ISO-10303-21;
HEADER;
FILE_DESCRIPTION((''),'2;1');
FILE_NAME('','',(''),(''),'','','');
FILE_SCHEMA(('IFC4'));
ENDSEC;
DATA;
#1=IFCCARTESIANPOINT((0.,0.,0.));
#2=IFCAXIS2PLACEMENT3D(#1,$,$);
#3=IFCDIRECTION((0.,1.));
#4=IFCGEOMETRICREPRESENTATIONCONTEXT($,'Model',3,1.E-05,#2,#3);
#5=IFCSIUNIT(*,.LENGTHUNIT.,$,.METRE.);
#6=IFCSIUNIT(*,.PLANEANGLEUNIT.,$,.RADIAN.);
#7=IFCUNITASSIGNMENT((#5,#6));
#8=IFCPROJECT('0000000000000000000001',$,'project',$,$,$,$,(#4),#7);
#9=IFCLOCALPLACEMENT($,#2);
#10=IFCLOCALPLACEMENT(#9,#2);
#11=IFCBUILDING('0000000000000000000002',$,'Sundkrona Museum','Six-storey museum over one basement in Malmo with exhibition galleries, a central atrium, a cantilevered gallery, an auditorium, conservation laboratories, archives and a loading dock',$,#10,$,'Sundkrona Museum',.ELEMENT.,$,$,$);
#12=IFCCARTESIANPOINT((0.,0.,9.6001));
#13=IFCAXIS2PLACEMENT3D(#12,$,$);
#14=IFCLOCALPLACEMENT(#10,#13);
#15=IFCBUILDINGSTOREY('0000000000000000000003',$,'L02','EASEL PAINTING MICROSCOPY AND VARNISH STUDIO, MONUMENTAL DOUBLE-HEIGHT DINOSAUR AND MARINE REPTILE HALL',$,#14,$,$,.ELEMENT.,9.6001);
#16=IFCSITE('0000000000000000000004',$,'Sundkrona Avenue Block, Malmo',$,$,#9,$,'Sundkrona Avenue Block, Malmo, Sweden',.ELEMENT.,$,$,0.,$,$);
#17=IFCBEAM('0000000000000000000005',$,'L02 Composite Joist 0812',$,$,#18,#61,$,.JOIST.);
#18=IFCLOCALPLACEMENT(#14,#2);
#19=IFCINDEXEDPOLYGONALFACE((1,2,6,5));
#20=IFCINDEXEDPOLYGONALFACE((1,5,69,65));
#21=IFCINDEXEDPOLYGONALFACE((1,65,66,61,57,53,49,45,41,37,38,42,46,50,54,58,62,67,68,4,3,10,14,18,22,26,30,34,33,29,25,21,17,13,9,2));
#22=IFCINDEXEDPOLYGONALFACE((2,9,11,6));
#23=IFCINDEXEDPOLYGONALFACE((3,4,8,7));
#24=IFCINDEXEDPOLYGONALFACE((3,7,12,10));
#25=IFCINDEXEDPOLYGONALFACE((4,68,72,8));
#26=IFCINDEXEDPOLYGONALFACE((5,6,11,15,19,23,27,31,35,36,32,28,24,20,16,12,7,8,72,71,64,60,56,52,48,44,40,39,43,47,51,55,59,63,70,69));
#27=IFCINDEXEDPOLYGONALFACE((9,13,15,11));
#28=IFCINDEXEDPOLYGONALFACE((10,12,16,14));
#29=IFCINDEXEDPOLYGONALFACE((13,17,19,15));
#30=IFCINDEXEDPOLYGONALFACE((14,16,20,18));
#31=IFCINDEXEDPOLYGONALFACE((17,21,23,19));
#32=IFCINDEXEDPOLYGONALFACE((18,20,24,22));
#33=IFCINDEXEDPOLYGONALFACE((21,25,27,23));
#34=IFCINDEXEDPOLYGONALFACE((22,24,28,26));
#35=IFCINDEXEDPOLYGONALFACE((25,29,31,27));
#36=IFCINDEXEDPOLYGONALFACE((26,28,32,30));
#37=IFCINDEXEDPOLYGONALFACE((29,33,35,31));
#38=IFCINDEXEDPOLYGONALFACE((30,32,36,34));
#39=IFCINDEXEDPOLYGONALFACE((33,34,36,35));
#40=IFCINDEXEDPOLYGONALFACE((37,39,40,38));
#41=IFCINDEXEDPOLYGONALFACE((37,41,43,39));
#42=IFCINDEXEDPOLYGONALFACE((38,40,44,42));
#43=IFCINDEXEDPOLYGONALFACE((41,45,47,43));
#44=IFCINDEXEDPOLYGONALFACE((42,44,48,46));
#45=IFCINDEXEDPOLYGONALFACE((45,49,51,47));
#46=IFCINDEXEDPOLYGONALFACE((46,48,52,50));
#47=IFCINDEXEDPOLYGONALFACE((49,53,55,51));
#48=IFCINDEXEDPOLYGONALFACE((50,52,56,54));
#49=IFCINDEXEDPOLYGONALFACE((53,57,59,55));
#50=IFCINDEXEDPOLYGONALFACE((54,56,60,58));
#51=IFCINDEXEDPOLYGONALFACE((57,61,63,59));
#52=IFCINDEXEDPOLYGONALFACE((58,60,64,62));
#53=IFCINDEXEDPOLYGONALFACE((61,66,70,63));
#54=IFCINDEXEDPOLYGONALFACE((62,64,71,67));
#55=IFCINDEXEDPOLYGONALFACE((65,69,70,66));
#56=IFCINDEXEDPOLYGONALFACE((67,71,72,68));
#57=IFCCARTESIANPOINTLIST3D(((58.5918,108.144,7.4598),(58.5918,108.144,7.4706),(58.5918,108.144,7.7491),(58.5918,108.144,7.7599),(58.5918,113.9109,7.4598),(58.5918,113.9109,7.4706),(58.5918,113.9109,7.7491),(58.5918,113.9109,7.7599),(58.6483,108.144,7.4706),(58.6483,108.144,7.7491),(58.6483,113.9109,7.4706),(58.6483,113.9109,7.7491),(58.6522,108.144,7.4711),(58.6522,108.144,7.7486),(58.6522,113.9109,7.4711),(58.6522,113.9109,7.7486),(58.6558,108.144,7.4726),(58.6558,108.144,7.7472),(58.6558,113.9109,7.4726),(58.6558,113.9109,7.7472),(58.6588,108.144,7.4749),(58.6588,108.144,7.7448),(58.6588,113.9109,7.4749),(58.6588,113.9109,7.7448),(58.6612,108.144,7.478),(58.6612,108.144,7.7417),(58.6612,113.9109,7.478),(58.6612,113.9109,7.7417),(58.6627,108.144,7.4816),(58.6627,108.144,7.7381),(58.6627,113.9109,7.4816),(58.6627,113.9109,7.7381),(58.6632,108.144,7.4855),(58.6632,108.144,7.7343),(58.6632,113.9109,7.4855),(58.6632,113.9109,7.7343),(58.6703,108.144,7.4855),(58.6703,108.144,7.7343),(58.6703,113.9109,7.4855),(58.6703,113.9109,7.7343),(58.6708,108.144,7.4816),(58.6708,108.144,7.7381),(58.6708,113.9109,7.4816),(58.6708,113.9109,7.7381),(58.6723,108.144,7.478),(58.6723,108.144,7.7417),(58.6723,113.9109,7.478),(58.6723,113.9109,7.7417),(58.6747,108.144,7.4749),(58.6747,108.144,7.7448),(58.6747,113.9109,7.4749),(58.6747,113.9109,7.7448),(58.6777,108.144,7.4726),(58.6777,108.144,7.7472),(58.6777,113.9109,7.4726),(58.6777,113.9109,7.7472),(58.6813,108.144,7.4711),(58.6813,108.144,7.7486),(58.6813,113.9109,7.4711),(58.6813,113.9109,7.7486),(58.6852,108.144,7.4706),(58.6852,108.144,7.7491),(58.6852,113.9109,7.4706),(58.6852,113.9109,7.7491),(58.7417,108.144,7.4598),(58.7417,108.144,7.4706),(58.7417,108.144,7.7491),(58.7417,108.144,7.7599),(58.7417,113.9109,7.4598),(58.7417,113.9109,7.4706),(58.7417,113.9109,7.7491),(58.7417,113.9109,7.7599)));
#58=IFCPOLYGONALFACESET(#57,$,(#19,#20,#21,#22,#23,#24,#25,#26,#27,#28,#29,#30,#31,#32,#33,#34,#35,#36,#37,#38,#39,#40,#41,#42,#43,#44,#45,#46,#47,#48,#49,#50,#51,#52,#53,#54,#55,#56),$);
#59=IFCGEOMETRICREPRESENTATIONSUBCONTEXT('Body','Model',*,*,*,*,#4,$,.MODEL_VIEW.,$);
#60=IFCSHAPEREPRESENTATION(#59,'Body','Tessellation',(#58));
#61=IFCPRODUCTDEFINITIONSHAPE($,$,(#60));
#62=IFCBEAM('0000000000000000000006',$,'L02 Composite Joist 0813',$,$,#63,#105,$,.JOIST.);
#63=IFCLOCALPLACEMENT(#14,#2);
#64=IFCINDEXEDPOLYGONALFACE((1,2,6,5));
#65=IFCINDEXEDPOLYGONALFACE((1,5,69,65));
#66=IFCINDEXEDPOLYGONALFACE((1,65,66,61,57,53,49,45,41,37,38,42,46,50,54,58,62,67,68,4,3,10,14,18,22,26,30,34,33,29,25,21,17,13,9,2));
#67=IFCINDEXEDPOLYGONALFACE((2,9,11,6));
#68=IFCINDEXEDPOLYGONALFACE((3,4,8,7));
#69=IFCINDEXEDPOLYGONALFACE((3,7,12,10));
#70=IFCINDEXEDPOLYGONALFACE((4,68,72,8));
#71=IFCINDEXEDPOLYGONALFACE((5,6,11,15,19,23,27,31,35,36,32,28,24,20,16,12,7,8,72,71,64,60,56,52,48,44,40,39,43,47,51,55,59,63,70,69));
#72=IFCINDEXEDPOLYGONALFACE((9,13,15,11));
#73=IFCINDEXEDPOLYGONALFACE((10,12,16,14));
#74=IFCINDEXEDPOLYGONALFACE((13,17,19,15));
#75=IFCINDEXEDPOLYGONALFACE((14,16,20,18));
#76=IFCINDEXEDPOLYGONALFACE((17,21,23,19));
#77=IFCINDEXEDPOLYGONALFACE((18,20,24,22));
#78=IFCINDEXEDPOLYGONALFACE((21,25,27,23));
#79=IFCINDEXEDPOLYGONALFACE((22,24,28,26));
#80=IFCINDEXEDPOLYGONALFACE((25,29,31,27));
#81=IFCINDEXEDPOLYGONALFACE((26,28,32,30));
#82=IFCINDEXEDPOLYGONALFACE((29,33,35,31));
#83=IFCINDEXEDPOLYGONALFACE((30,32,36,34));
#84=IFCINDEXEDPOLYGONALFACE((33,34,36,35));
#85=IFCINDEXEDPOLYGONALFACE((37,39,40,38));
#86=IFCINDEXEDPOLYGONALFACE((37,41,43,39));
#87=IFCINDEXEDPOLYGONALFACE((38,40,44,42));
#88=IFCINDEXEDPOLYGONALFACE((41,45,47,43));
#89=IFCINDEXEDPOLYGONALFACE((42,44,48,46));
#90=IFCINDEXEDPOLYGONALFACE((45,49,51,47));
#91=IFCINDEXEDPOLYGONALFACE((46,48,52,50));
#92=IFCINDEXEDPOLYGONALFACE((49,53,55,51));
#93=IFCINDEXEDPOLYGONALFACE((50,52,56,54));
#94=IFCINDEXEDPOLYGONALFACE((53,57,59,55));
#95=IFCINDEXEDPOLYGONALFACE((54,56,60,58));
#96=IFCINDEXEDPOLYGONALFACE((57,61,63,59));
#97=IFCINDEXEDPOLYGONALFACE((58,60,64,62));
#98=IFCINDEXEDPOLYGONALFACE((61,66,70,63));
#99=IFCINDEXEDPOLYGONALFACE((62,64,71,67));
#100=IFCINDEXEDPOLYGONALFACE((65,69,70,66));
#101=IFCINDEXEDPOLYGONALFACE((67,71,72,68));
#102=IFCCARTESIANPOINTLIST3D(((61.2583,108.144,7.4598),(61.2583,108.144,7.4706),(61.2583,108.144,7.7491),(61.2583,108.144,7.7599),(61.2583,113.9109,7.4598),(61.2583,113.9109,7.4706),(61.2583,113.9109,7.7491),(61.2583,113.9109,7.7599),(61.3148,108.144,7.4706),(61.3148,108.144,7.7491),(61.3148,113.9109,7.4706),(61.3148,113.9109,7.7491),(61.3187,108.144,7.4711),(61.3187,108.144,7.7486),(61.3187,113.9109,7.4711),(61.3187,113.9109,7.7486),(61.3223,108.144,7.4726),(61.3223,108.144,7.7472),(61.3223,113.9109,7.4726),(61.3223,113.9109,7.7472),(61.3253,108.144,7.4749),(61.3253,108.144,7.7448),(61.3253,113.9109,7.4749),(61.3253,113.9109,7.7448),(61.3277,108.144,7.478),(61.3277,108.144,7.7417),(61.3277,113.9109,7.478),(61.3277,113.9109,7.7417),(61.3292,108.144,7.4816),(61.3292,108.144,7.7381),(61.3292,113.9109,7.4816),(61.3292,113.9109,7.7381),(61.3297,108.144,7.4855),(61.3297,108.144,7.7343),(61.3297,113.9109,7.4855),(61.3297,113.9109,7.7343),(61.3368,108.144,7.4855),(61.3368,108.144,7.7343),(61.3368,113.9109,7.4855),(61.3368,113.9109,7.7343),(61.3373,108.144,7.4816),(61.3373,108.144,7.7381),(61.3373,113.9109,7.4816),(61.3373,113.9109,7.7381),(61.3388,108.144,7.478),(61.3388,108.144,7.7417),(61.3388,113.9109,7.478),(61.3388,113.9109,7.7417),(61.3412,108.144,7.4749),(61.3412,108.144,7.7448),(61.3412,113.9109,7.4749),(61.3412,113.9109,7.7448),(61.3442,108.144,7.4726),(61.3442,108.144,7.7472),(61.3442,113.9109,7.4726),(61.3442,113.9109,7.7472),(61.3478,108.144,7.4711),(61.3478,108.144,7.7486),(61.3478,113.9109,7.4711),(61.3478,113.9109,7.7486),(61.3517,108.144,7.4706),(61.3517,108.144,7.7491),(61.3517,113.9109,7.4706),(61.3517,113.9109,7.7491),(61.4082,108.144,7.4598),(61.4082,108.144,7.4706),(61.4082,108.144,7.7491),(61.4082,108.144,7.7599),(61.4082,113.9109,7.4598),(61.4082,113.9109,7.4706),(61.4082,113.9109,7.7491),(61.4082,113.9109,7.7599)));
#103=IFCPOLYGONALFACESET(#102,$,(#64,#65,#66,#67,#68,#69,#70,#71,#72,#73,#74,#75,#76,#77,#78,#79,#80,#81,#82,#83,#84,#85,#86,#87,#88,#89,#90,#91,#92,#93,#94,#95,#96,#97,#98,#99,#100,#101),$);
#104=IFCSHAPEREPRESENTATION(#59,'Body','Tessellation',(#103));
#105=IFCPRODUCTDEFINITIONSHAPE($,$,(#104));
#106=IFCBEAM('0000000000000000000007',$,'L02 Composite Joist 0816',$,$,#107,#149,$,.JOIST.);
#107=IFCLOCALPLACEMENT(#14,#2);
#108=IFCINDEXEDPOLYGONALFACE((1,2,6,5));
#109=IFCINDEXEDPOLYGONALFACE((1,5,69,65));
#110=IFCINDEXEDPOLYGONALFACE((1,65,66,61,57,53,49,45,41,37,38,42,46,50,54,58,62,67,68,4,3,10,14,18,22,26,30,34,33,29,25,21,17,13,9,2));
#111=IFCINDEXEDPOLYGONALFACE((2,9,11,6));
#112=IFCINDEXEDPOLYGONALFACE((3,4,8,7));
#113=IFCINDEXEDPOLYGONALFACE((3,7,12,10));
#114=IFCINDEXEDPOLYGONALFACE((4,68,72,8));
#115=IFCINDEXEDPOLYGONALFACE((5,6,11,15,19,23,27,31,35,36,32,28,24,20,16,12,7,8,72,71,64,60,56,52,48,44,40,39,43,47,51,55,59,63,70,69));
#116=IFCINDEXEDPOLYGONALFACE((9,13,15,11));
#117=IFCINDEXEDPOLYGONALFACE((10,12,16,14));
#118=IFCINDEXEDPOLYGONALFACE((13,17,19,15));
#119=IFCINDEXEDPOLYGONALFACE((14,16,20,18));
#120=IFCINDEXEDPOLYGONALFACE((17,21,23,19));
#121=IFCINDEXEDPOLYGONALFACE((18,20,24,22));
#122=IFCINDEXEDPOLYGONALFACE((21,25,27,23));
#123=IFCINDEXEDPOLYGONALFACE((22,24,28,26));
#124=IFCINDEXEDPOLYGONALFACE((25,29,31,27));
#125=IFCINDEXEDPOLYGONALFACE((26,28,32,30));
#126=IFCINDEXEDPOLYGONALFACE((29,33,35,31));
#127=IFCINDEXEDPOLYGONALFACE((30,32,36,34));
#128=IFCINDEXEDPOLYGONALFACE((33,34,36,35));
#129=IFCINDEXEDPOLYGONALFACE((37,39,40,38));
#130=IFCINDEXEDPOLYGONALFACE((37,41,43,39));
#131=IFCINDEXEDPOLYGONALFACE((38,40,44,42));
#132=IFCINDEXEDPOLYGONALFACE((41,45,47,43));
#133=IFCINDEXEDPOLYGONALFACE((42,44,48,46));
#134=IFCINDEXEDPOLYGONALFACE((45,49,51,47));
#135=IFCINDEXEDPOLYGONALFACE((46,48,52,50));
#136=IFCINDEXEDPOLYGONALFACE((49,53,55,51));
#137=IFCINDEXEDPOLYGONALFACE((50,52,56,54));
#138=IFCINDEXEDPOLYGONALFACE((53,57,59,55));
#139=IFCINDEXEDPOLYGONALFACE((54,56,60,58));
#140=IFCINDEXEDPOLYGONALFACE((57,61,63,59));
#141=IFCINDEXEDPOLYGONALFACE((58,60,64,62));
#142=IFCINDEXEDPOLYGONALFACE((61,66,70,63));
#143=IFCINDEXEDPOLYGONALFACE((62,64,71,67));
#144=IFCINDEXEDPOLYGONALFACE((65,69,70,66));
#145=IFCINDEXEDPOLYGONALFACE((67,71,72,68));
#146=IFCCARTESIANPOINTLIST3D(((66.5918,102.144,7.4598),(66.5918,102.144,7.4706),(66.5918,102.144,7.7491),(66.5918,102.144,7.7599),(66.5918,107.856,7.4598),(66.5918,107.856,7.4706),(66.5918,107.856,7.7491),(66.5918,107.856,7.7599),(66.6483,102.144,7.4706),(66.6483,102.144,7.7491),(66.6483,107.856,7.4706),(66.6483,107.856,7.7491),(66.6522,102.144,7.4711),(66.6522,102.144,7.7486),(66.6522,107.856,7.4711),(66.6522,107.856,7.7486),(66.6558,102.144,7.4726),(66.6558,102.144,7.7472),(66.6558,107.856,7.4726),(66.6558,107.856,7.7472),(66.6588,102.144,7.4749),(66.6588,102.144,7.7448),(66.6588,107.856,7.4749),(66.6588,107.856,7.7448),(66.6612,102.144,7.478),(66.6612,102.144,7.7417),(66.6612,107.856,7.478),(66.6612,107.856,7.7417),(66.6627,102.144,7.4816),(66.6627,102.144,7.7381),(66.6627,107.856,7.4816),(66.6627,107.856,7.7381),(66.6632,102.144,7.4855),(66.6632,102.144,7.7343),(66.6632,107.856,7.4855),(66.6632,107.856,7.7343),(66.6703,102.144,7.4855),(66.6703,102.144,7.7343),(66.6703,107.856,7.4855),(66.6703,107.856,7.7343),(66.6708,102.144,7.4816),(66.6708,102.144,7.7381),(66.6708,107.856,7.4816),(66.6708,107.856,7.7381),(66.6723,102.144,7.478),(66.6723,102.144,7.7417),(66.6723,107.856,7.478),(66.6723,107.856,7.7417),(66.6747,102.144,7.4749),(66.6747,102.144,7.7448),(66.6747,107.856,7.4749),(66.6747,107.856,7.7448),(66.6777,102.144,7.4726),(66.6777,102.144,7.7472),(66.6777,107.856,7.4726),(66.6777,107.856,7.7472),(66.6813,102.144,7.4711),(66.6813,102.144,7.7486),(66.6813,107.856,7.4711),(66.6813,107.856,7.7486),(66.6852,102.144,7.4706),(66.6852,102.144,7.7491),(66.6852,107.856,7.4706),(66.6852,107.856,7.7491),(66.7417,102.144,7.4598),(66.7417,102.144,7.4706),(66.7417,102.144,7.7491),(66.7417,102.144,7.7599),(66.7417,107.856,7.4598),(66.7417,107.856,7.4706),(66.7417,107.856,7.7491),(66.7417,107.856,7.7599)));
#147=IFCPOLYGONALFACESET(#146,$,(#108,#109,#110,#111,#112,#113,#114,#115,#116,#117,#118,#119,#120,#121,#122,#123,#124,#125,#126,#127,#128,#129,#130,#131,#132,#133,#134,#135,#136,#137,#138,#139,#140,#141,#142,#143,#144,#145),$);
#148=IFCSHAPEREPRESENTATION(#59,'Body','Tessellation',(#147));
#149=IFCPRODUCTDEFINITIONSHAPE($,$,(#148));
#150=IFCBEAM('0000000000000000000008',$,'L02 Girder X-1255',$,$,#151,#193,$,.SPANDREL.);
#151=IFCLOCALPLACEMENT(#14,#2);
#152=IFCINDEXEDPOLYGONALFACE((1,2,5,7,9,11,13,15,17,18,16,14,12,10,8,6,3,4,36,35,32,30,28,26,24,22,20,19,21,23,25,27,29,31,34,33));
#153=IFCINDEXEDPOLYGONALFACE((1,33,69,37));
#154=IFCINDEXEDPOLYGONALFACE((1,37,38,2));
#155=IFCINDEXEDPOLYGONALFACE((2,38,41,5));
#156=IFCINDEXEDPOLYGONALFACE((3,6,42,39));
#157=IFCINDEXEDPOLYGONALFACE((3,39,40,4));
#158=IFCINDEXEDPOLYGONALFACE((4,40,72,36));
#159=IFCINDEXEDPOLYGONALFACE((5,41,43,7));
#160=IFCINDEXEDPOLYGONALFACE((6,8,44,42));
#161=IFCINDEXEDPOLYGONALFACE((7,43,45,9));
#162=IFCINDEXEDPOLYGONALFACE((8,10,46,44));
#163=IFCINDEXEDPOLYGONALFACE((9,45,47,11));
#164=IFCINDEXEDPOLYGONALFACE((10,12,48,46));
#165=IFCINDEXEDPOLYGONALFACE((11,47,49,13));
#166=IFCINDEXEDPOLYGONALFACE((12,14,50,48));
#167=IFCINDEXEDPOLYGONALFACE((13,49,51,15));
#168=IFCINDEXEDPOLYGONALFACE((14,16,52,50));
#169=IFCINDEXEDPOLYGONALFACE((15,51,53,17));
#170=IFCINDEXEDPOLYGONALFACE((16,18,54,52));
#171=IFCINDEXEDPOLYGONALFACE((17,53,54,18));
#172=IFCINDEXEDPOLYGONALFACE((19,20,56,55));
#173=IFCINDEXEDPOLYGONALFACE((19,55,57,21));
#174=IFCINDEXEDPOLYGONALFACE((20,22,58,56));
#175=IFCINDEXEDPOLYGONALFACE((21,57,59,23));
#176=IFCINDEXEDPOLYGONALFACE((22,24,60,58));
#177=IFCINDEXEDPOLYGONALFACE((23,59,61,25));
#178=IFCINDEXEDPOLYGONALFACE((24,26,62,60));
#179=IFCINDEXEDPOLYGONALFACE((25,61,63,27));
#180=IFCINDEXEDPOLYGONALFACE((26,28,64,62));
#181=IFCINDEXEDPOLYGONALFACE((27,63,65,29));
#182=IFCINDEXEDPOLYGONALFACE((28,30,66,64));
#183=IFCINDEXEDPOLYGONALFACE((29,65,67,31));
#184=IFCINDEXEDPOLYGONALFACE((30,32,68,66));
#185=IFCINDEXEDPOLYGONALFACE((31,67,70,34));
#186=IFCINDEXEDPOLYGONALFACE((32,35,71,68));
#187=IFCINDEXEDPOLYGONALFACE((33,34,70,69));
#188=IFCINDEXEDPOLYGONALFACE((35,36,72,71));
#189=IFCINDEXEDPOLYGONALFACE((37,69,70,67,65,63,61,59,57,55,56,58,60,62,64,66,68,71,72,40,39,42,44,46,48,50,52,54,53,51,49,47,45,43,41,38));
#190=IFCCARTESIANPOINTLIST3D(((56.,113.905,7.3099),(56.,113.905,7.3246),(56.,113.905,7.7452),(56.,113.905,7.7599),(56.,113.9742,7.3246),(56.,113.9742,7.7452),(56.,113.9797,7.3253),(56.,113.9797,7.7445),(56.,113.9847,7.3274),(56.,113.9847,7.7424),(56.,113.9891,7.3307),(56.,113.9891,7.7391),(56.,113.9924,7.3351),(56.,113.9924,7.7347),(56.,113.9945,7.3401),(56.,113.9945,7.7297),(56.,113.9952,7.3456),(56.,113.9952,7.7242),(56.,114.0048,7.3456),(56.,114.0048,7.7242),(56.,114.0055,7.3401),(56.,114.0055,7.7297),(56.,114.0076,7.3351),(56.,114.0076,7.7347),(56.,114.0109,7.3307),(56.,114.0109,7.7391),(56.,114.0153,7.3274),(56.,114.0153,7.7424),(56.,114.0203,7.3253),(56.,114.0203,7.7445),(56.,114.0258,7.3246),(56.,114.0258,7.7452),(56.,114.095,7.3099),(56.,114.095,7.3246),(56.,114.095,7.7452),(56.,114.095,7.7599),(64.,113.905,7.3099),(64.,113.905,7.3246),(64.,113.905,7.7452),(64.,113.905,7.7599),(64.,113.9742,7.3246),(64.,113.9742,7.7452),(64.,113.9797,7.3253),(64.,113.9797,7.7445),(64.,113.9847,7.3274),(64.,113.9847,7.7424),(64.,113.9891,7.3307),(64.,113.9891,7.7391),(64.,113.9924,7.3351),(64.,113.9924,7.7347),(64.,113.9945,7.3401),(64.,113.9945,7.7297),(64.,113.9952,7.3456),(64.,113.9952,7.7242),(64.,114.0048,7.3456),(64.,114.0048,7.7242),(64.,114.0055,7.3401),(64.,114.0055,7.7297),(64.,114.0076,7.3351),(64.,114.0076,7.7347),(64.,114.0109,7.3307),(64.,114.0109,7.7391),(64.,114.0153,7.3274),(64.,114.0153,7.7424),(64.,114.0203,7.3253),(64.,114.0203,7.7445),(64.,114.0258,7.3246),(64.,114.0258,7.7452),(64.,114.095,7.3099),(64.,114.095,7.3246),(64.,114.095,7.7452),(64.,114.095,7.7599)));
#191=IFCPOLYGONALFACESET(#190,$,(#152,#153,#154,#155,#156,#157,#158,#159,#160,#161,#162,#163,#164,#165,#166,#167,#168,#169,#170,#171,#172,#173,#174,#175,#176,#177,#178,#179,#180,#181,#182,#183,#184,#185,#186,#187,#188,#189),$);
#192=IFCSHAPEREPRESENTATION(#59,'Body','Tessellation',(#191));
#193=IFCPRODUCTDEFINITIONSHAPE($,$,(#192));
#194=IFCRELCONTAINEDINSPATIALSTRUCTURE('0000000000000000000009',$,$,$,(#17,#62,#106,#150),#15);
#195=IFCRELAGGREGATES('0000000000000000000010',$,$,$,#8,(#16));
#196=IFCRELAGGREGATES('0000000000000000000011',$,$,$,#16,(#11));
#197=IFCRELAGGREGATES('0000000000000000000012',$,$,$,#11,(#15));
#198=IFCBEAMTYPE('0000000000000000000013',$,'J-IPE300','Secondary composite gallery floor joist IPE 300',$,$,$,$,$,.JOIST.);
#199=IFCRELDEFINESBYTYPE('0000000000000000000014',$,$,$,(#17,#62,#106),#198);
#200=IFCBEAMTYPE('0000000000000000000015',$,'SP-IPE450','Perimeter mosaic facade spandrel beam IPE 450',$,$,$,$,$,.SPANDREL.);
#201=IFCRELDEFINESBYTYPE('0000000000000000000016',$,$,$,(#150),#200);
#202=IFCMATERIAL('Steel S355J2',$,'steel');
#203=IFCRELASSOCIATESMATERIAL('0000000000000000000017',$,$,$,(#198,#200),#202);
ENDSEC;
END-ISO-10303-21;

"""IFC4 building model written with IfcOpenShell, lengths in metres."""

from ifc_helpers import new_model, si_unit, direction, frame, origin, origin_2d, place, context, subcontext, project, spatial, i_section, extrude, material, material_profile, profile_set, type_object, element, save


model = new_model("IFC4")

# Units and contexts
model_context = context("Model", 3, precision=1e-05, world=origin(), true_north=direction((0.0, 1.0)))
body_context = subcontext(model_context, "Body", "Model", "MODEL_VIEW")
ifc_project = project(units=[si_unit("LENGTHUNIT", "METRE"), si_unit("PLANEANGLEUNIT", "RADIAN")], contexts=[model_context])

# Site, building, storey
site_placement = place(None, origin())
site = spatial("IfcSite", under=ifc_project, at=site_placement, Name="Sundkrona Avenue Block, Malmo", LongName="Sundkrona Avenue Block, Malmo, Sweden", CompositionType="ELEMENT", RefElevation=0.0)
building_placement = place(site_placement, origin())
building = spatial("IfcBuilding", under=site, at=building_placement, Name="Sundkrona Museum", Description="Six-storey museum over one basement in Malmo with exhibition galleries, a central atrium, a cantilevered gallery, an auditorium, conservation laboratories, archives and a loading dock", LongName="Sundkrona Museum", CompositionType="ELEMENT")
storey_placement = place(building_placement, frame((0.0, 0.0, 9.6001)))
storey = spatial("IfcBuildingStorey", under=building, at=storey_placement, Name="L02", Description="EASEL PAINTING MICROSCOPY AND VARNISH STUDIO, MONUMENTAL DOUBLE-HEIGHT DINOSAUR AND MARINE REPTILE HALL", CompositionType="ELEMENT", Elevation=9.6001)

# Shared definitions
ifc_material_1 = material(Name="Steel S355J2", Category="steel")

# Beams
ifc_material_profile_1 = material_profile(ifc_material_1, i_section(OverallWidth=0.1499, OverallDepth=0.3, WebThickness=0.0071, FlangeThickness=0.0107, FilletRadius=0.0149, at=origin_2d()), Name="IPE 300")
ifc_profile_set_1 = profile_set([ifc_material_profile_1], Name="Steel S355J2")
beam_type_1 = type_object("IfcBeamType", Name="J-IPE300", Description="Secondary composite gallery floor joist IPE 300", PredefinedType="JOIST", material=ifc_profile_set_1)
for number, where, z_axis, x_axis, name in (
    (1, (58.6667, 108.144, 7.6099), (0.0, 1.0, 0.0), (-1.0, 0.0, 0.0), "L02 Composite Joist 0812"),
    (2, (61.3333, 108.144, 7.6099), (0.0, 1.0, 0.0), (-1.0, 0.0, 0.0), "L02 Composite Joist 0813"),
):
    element("IfcBeam", number, at=place(storey_placement, frame(where, z_axis=z_axis, x_axis=x_axis)), inside=storey, type_object=beam_type_1, Name=name, PredefinedType="JOIST", context=body_context, shape_type="SweptSolid", body=[
        extrude(i_section(OverallWidth=0.1499, OverallDepth=0.3, WebThickness=0.0071, FlangeThickness=0.0107, FilletRadius=0.0149, at=origin_2d()), origin(), (0.0, 0.0, 1.0), 5.7668),
    ])
beam_1_placement = place(storey_placement, frame((66.6667, 102.144, 7.6099), z_axis=(0.0, 1.0, 0.0), x_axis=(-1.0, 0.0, 0.0)))
element("IfcBeam", 3, at=beam_1_placement, inside=storey, type_object=beam_type_1, Name="L02 Composite Joist 0816", PredefinedType="JOIST", context=body_context, shape_type="SweptSolid", body=[
    extrude(i_section(OverallWidth=0.1499, OverallDepth=0.3, WebThickness=0.0071, FlangeThickness=0.0107, FilletRadius=0.0149, at=origin_2d()), origin(), (0.0, 0.0, 1.0), 5.7119),
])
ifc_material_profile_2 = material_profile(ifc_material_1, i_section(OverallWidth=0.1899, OverallDepth=0.45, WebThickness=0.0095, FlangeThickness=0.0146, FilletRadius=0.021, at=origin_2d()), Name="IPE 450")
ifc_profile_set_2 = profile_set([ifc_material_profile_2], Name="Steel S355J2")
beam_type_2 = type_object("IfcBeamType", Name="SP-IPE450", Description="Perimeter mosaic facade spandrel beam IPE 450", PredefinedType="SPANDREL", material=ifc_profile_set_2)
for number, where, z_axis, x_axis, name in (
    (4, (56.0, 114.0, 7.5349), (1.0, 0.0, 0.0), (0.0, 1.0, 0.0), "L02 Girder X-1255"),
):
    element("IfcBeam", number, at=place(storey_placement, frame(where, z_axis=z_axis, x_axis=x_axis)), inside=storey, type_object=beam_type_2, Name=name, PredefinedType="SPANDREL", context=body_context, shape_type="SweptSolid", body=[
        extrude(i_section(OverallWidth=0.1899, OverallDepth=0.45, WebThickness=0.0095, FlangeThickness=0.0146, FilletRadius=0.021, at=origin_2d()), origin(), (0.0, 0.0, 1.0), 8.0),
    ])

save(model, "model.ifc")
